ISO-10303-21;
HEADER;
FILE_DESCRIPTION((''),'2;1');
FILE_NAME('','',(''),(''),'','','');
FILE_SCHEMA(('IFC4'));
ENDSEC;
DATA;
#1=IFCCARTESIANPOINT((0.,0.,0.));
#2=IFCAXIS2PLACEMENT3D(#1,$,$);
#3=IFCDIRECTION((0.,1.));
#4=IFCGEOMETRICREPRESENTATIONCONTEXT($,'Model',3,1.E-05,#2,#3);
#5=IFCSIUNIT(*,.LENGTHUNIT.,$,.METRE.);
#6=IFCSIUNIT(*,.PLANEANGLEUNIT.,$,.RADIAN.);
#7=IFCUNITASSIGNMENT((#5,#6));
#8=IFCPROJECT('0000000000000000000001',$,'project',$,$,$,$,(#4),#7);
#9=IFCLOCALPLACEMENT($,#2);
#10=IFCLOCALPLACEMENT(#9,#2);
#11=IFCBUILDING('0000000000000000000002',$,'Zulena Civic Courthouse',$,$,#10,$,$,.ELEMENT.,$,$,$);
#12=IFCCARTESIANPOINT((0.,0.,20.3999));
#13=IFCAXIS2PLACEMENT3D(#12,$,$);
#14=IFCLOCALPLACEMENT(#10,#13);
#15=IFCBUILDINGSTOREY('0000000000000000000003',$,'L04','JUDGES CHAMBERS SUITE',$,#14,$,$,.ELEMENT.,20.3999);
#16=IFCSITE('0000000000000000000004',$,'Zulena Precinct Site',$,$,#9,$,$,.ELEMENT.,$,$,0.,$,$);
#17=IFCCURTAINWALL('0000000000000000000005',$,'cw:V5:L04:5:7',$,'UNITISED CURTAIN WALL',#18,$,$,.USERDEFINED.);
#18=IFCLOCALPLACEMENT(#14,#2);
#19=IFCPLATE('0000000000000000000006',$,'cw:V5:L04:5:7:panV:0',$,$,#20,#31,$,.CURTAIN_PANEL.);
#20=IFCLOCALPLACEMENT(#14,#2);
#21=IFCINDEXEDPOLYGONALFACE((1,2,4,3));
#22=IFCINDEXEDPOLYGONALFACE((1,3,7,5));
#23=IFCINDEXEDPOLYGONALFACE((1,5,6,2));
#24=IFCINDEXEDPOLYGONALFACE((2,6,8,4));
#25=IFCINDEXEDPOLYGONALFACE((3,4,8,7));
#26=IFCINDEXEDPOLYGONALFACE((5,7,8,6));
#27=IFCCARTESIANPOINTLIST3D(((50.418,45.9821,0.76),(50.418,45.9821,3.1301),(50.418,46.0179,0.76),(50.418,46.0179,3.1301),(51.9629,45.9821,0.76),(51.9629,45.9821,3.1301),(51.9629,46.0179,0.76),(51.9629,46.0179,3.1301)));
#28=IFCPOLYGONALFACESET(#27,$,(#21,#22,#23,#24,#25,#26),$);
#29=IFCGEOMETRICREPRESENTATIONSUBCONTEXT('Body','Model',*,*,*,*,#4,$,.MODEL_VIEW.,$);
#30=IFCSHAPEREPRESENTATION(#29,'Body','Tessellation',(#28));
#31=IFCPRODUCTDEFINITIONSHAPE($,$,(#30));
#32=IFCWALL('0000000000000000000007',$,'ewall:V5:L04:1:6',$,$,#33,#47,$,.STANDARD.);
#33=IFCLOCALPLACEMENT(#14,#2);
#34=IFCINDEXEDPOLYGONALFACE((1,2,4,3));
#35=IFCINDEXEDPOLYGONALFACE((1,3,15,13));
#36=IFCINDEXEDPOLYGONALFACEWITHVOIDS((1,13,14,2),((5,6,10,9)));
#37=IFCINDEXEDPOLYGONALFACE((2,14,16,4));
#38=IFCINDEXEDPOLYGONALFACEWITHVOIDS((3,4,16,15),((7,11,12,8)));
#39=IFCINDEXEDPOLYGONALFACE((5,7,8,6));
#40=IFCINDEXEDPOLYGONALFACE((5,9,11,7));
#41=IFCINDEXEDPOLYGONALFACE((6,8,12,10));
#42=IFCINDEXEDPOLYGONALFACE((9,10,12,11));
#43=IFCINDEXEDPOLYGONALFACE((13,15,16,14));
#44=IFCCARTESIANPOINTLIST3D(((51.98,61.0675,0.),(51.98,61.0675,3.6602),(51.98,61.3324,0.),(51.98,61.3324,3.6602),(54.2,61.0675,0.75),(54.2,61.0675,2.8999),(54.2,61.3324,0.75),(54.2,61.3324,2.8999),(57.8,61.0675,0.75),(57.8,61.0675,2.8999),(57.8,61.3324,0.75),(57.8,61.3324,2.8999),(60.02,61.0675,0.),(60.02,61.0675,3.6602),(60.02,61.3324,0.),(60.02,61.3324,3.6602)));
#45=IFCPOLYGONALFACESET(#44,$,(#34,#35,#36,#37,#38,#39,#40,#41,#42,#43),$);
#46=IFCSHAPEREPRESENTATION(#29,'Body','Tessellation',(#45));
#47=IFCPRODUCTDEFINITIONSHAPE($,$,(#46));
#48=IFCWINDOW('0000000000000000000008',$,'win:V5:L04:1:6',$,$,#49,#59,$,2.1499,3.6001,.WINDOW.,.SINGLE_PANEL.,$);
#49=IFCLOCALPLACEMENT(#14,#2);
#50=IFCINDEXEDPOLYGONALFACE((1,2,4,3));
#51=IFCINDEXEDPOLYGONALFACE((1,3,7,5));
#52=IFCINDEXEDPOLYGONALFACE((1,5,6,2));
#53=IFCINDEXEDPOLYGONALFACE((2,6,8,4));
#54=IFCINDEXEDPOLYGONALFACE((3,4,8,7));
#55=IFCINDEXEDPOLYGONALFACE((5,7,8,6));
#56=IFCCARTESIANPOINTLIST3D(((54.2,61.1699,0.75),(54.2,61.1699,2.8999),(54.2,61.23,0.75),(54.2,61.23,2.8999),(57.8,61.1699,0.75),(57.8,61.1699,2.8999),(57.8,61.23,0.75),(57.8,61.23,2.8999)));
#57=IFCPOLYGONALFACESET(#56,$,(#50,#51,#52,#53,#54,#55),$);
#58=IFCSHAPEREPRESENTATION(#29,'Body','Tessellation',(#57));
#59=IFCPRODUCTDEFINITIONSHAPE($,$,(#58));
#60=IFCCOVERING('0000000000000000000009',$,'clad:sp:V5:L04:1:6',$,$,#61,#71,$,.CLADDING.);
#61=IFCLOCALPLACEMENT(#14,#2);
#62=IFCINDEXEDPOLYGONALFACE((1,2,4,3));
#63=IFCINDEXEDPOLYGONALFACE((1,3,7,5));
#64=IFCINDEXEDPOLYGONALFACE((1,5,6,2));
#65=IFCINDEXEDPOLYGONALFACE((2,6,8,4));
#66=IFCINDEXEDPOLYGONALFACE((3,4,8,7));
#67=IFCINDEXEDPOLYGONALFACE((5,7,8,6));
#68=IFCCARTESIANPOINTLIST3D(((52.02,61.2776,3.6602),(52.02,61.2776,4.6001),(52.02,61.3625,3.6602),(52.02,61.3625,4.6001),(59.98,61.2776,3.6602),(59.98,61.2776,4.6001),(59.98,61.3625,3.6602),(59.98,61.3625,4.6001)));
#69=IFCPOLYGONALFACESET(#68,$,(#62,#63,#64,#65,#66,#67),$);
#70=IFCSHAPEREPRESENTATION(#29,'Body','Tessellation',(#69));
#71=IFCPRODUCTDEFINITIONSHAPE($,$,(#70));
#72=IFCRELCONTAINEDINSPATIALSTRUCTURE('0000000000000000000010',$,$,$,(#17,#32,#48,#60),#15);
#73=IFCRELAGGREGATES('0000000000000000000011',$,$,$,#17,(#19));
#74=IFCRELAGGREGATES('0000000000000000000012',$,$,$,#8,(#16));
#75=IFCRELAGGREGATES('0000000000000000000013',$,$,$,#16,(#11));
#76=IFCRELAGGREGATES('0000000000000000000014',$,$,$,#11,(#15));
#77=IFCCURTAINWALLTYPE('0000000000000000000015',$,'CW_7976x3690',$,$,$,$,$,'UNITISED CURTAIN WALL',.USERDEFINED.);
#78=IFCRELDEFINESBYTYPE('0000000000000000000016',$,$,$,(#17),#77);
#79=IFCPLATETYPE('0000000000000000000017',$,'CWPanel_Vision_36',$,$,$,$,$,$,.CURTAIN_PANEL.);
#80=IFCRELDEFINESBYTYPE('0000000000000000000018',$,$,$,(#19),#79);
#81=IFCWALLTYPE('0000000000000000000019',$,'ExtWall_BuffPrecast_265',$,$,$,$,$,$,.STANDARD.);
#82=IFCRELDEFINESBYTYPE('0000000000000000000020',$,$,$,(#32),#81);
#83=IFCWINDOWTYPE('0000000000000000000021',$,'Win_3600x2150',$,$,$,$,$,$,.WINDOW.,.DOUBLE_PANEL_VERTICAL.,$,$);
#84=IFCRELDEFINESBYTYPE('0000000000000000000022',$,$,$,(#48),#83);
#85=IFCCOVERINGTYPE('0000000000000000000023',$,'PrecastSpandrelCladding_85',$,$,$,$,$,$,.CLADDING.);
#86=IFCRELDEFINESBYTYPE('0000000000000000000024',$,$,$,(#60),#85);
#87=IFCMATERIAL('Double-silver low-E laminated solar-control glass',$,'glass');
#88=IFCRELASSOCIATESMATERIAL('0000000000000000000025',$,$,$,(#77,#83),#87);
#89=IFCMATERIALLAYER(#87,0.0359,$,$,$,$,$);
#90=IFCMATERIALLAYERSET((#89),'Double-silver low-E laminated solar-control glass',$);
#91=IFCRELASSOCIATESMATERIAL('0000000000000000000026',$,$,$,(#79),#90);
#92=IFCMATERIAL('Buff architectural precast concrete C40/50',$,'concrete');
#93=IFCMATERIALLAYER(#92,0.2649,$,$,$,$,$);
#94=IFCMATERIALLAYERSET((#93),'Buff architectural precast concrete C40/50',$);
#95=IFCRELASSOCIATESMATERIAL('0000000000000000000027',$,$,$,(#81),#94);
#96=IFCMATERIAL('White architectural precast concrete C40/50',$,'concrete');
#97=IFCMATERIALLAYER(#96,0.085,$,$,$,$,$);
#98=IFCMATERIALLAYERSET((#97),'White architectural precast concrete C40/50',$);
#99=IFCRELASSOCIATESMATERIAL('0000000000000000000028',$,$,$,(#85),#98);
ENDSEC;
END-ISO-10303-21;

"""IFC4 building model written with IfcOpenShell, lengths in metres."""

from ifc_helpers import new_model, si_unit, direction, frame, frame_2d, origin, origin_2d, place, context, subcontext, project, spatial, rectangle, extrude, material, layer, layer_set, type_object, element, fill, aggregate, save


model = new_model("IFC4")

# Units and contexts
model_context = context("Model", 3, precision=1e-05, world=origin(), true_north=direction((0.0, 1.0)))
body_context = subcontext(model_context, "Body", "Model", "MODEL_VIEW")
ifc_project = project(units=[si_unit("LENGTHUNIT", "METRE"), si_unit("PLANEANGLEUNIT", "RADIAN")], contexts=[model_context])

# Site, building, storey
site_placement = place(None, origin())
site = spatial("IfcSite", under=ifc_project, at=site_placement, Name="Zulena Precinct Site", CompositionType="ELEMENT", RefElevation=0.0)
building_placement = place(site_placement, origin())
building = spatial("IfcBuilding", under=site, at=building_placement, Name="Zulena Civic Courthouse", CompositionType="ELEMENT")
storey_placement = place(building_placement, frame((0.0, 0.0, 20.3999)))
storey = spatial("IfcBuildingStorey", under=building, at=storey_placement, Name="L04", Description="JUDGES CHAMBERS SUITE", CompositionType="ELEMENT", Elevation=20.3999)

# Curtain wall
ifc_material_1 = material(Name="Double-silver low-E laminated solar-control glass", Category="glass")
curtain_wall_type = type_object("IfcCurtainWallType", Name="CW_7976x3690", ElementType="UNITISED CURTAIN WALL", PredefinedType="USERDEFINED", material=ifc_material_1)
curtain_wall_1_placement = place(storey_placement, origin())
curtain_wall_1 = element("IfcCurtainWall", 1, at=curtain_wall_1_placement, inside=storey, type_object=curtain_wall_type, Name="cw:V5:L04:5:7", ObjectType="UNITISED CURTAIN WALL", PredefinedType="USERDEFINED")

# Plate
ifc_layer_1 = layer(ifc_material_1, 0.0359)
ifc_layer_set_1 = layer_set([ifc_layer_1], Name="Double-silver low-E laminated solar-control glass")
plate_type_1 = type_object("IfcPlateType", Name="CWPanel_Vision_36", PredefinedType="CURTAIN_PANEL", material=ifc_layer_set_1)
plate_1_placement = place(storey_placement, frame((51.1904, 46.0, 0.76), z_axis=(0.0, 0.0, 1.0), x_axis=(-1.0, 0.0, 0.0)))
plate_1 = element("IfcPlate", 2, at=plate_1_placement, type_object=plate_type_1, Name="cw:V5:L04:5:7:panV:0", PredefinedType="CURTAIN_PANEL", context=body_context, shape_type="SweptSolid", body=[
    extrude(rectangle(XDim=1.5449, YDim=0.0359, at=origin_2d()), origin(), (0.0, 0.0, 1.0), 2.3701),
])
aggregate(curtain_wall_1, [plate_1])

# Wall, opening, window
ifc_material_2 = material(Name="Buff architectural precast concrete C40/50", Category="concrete")
ifc_layer_2 = layer(ifc_material_2, 0.2649)
ifc_layer_set_2 = layer_set([ifc_layer_2], Name="Buff architectural precast concrete C40/50")
wall_type = type_object("IfcWallType", Name="ExtWall_BuffPrecast_265", PredefinedType="STANDARD", material=ifc_layer_set_2)
wall_placement = place(storey_placement, frame((51.98, 61.2, 0.0), z_axis=(0.0, 0.0, 1.0), x_axis=(1.0, 0.0, 0.0)))
wall = element("IfcWall", 3, at=wall_placement, inside=storey, type_object=wall_type, Name="ewall:V5:L04:1:6", PredefinedType="STANDARD", context=body_context, shape_type="SweptSolid", body=[
    extrude(rectangle(XDim=8.04, YDim=0.2649, at=frame_2d((4.02, 0.0))), origin(), (0.0, 0.0, 1.0), 3.6602),
])
opening_placement = place(wall_placement, frame((2.22, 0.0, 0.75)))
opening = element("IfcOpeningElement", 4, at=opening_placement, cuts=wall, PredefinedType="OPENING", context=body_context, shape_type="SweptSolid", body=[
    extrude(rectangle(XDim=3.6001, YDim=2.1499, at=frame_2d((1.8, 1.075))), frame((0.0, 0.1423, 0.0), z_axis=(0.0, -1.0, 0.0), x_axis=(1.0, 0.0, 0.0)), (0.0, 0.0, 1.0), 0.2849),
])
window_type = type_object("IfcWindowType", Name="Win_3600x2150", PartitioningType="DOUBLE_PANEL_VERTICAL", PredefinedType="WINDOW", material=ifc_material_1)
window_placement = place(opening_placement, origin())
window = element("IfcWindow", 5, at=window_placement, inside=storey, type_object=window_type, Name="win:V5:L04:1:6", OverallHeight=2.1499, OverallWidth=3.6001, PartitioningType="SINGLE_PANEL", PredefinedType="WINDOW", context=body_context, shape_type="SweptSolid", body=[
    extrude(rectangle(XDim=3.6001, YDim=2.1499, at=frame_2d((1.8, 1.075))), frame((0.0, 0.03, 0.0), z_axis=(0.0, -1.0, 0.0), x_axis=(1.0, 0.0, 0.0)), (0.0, 0.0, 1.0), 0.0601),
])
fill(opening, window)

# Covering
ifc_material_3 = material(Name="White architectural precast concrete C40/50", Category="concrete")
ifc_layer_3 = layer(ifc_material_3, 0.085)
ifc_layer_set_3 = layer_set([ifc_layer_3], Name="White architectural precast concrete C40/50")
covering_type = type_object("IfcCoveringType", Name="PrecastSpandrelCladding_85", PredefinedType="CLADDING", material=ifc_layer_set_3)
covering_placement = place(storey_placement, frame((56.0, 61.3201, 3.6602), z_axis=(0.0, 0.0, 1.0), x_axis=(1.0, 0.0, 0.0)))
element("IfcCovering", 6, at=covering_placement, inside=storey, type_object=covering_type, Name="clad:sp:V5:L04:1:6", PredefinedType="CLADDING", context=body_context, shape_type="SweptSolid", body=[
    extrude(rectangle(XDim=7.96, YDim=0.085, at=origin_2d()), origin(), (0.0, 0.0, 1.0), 0.9399),
])

save(model, "model.ifc")
